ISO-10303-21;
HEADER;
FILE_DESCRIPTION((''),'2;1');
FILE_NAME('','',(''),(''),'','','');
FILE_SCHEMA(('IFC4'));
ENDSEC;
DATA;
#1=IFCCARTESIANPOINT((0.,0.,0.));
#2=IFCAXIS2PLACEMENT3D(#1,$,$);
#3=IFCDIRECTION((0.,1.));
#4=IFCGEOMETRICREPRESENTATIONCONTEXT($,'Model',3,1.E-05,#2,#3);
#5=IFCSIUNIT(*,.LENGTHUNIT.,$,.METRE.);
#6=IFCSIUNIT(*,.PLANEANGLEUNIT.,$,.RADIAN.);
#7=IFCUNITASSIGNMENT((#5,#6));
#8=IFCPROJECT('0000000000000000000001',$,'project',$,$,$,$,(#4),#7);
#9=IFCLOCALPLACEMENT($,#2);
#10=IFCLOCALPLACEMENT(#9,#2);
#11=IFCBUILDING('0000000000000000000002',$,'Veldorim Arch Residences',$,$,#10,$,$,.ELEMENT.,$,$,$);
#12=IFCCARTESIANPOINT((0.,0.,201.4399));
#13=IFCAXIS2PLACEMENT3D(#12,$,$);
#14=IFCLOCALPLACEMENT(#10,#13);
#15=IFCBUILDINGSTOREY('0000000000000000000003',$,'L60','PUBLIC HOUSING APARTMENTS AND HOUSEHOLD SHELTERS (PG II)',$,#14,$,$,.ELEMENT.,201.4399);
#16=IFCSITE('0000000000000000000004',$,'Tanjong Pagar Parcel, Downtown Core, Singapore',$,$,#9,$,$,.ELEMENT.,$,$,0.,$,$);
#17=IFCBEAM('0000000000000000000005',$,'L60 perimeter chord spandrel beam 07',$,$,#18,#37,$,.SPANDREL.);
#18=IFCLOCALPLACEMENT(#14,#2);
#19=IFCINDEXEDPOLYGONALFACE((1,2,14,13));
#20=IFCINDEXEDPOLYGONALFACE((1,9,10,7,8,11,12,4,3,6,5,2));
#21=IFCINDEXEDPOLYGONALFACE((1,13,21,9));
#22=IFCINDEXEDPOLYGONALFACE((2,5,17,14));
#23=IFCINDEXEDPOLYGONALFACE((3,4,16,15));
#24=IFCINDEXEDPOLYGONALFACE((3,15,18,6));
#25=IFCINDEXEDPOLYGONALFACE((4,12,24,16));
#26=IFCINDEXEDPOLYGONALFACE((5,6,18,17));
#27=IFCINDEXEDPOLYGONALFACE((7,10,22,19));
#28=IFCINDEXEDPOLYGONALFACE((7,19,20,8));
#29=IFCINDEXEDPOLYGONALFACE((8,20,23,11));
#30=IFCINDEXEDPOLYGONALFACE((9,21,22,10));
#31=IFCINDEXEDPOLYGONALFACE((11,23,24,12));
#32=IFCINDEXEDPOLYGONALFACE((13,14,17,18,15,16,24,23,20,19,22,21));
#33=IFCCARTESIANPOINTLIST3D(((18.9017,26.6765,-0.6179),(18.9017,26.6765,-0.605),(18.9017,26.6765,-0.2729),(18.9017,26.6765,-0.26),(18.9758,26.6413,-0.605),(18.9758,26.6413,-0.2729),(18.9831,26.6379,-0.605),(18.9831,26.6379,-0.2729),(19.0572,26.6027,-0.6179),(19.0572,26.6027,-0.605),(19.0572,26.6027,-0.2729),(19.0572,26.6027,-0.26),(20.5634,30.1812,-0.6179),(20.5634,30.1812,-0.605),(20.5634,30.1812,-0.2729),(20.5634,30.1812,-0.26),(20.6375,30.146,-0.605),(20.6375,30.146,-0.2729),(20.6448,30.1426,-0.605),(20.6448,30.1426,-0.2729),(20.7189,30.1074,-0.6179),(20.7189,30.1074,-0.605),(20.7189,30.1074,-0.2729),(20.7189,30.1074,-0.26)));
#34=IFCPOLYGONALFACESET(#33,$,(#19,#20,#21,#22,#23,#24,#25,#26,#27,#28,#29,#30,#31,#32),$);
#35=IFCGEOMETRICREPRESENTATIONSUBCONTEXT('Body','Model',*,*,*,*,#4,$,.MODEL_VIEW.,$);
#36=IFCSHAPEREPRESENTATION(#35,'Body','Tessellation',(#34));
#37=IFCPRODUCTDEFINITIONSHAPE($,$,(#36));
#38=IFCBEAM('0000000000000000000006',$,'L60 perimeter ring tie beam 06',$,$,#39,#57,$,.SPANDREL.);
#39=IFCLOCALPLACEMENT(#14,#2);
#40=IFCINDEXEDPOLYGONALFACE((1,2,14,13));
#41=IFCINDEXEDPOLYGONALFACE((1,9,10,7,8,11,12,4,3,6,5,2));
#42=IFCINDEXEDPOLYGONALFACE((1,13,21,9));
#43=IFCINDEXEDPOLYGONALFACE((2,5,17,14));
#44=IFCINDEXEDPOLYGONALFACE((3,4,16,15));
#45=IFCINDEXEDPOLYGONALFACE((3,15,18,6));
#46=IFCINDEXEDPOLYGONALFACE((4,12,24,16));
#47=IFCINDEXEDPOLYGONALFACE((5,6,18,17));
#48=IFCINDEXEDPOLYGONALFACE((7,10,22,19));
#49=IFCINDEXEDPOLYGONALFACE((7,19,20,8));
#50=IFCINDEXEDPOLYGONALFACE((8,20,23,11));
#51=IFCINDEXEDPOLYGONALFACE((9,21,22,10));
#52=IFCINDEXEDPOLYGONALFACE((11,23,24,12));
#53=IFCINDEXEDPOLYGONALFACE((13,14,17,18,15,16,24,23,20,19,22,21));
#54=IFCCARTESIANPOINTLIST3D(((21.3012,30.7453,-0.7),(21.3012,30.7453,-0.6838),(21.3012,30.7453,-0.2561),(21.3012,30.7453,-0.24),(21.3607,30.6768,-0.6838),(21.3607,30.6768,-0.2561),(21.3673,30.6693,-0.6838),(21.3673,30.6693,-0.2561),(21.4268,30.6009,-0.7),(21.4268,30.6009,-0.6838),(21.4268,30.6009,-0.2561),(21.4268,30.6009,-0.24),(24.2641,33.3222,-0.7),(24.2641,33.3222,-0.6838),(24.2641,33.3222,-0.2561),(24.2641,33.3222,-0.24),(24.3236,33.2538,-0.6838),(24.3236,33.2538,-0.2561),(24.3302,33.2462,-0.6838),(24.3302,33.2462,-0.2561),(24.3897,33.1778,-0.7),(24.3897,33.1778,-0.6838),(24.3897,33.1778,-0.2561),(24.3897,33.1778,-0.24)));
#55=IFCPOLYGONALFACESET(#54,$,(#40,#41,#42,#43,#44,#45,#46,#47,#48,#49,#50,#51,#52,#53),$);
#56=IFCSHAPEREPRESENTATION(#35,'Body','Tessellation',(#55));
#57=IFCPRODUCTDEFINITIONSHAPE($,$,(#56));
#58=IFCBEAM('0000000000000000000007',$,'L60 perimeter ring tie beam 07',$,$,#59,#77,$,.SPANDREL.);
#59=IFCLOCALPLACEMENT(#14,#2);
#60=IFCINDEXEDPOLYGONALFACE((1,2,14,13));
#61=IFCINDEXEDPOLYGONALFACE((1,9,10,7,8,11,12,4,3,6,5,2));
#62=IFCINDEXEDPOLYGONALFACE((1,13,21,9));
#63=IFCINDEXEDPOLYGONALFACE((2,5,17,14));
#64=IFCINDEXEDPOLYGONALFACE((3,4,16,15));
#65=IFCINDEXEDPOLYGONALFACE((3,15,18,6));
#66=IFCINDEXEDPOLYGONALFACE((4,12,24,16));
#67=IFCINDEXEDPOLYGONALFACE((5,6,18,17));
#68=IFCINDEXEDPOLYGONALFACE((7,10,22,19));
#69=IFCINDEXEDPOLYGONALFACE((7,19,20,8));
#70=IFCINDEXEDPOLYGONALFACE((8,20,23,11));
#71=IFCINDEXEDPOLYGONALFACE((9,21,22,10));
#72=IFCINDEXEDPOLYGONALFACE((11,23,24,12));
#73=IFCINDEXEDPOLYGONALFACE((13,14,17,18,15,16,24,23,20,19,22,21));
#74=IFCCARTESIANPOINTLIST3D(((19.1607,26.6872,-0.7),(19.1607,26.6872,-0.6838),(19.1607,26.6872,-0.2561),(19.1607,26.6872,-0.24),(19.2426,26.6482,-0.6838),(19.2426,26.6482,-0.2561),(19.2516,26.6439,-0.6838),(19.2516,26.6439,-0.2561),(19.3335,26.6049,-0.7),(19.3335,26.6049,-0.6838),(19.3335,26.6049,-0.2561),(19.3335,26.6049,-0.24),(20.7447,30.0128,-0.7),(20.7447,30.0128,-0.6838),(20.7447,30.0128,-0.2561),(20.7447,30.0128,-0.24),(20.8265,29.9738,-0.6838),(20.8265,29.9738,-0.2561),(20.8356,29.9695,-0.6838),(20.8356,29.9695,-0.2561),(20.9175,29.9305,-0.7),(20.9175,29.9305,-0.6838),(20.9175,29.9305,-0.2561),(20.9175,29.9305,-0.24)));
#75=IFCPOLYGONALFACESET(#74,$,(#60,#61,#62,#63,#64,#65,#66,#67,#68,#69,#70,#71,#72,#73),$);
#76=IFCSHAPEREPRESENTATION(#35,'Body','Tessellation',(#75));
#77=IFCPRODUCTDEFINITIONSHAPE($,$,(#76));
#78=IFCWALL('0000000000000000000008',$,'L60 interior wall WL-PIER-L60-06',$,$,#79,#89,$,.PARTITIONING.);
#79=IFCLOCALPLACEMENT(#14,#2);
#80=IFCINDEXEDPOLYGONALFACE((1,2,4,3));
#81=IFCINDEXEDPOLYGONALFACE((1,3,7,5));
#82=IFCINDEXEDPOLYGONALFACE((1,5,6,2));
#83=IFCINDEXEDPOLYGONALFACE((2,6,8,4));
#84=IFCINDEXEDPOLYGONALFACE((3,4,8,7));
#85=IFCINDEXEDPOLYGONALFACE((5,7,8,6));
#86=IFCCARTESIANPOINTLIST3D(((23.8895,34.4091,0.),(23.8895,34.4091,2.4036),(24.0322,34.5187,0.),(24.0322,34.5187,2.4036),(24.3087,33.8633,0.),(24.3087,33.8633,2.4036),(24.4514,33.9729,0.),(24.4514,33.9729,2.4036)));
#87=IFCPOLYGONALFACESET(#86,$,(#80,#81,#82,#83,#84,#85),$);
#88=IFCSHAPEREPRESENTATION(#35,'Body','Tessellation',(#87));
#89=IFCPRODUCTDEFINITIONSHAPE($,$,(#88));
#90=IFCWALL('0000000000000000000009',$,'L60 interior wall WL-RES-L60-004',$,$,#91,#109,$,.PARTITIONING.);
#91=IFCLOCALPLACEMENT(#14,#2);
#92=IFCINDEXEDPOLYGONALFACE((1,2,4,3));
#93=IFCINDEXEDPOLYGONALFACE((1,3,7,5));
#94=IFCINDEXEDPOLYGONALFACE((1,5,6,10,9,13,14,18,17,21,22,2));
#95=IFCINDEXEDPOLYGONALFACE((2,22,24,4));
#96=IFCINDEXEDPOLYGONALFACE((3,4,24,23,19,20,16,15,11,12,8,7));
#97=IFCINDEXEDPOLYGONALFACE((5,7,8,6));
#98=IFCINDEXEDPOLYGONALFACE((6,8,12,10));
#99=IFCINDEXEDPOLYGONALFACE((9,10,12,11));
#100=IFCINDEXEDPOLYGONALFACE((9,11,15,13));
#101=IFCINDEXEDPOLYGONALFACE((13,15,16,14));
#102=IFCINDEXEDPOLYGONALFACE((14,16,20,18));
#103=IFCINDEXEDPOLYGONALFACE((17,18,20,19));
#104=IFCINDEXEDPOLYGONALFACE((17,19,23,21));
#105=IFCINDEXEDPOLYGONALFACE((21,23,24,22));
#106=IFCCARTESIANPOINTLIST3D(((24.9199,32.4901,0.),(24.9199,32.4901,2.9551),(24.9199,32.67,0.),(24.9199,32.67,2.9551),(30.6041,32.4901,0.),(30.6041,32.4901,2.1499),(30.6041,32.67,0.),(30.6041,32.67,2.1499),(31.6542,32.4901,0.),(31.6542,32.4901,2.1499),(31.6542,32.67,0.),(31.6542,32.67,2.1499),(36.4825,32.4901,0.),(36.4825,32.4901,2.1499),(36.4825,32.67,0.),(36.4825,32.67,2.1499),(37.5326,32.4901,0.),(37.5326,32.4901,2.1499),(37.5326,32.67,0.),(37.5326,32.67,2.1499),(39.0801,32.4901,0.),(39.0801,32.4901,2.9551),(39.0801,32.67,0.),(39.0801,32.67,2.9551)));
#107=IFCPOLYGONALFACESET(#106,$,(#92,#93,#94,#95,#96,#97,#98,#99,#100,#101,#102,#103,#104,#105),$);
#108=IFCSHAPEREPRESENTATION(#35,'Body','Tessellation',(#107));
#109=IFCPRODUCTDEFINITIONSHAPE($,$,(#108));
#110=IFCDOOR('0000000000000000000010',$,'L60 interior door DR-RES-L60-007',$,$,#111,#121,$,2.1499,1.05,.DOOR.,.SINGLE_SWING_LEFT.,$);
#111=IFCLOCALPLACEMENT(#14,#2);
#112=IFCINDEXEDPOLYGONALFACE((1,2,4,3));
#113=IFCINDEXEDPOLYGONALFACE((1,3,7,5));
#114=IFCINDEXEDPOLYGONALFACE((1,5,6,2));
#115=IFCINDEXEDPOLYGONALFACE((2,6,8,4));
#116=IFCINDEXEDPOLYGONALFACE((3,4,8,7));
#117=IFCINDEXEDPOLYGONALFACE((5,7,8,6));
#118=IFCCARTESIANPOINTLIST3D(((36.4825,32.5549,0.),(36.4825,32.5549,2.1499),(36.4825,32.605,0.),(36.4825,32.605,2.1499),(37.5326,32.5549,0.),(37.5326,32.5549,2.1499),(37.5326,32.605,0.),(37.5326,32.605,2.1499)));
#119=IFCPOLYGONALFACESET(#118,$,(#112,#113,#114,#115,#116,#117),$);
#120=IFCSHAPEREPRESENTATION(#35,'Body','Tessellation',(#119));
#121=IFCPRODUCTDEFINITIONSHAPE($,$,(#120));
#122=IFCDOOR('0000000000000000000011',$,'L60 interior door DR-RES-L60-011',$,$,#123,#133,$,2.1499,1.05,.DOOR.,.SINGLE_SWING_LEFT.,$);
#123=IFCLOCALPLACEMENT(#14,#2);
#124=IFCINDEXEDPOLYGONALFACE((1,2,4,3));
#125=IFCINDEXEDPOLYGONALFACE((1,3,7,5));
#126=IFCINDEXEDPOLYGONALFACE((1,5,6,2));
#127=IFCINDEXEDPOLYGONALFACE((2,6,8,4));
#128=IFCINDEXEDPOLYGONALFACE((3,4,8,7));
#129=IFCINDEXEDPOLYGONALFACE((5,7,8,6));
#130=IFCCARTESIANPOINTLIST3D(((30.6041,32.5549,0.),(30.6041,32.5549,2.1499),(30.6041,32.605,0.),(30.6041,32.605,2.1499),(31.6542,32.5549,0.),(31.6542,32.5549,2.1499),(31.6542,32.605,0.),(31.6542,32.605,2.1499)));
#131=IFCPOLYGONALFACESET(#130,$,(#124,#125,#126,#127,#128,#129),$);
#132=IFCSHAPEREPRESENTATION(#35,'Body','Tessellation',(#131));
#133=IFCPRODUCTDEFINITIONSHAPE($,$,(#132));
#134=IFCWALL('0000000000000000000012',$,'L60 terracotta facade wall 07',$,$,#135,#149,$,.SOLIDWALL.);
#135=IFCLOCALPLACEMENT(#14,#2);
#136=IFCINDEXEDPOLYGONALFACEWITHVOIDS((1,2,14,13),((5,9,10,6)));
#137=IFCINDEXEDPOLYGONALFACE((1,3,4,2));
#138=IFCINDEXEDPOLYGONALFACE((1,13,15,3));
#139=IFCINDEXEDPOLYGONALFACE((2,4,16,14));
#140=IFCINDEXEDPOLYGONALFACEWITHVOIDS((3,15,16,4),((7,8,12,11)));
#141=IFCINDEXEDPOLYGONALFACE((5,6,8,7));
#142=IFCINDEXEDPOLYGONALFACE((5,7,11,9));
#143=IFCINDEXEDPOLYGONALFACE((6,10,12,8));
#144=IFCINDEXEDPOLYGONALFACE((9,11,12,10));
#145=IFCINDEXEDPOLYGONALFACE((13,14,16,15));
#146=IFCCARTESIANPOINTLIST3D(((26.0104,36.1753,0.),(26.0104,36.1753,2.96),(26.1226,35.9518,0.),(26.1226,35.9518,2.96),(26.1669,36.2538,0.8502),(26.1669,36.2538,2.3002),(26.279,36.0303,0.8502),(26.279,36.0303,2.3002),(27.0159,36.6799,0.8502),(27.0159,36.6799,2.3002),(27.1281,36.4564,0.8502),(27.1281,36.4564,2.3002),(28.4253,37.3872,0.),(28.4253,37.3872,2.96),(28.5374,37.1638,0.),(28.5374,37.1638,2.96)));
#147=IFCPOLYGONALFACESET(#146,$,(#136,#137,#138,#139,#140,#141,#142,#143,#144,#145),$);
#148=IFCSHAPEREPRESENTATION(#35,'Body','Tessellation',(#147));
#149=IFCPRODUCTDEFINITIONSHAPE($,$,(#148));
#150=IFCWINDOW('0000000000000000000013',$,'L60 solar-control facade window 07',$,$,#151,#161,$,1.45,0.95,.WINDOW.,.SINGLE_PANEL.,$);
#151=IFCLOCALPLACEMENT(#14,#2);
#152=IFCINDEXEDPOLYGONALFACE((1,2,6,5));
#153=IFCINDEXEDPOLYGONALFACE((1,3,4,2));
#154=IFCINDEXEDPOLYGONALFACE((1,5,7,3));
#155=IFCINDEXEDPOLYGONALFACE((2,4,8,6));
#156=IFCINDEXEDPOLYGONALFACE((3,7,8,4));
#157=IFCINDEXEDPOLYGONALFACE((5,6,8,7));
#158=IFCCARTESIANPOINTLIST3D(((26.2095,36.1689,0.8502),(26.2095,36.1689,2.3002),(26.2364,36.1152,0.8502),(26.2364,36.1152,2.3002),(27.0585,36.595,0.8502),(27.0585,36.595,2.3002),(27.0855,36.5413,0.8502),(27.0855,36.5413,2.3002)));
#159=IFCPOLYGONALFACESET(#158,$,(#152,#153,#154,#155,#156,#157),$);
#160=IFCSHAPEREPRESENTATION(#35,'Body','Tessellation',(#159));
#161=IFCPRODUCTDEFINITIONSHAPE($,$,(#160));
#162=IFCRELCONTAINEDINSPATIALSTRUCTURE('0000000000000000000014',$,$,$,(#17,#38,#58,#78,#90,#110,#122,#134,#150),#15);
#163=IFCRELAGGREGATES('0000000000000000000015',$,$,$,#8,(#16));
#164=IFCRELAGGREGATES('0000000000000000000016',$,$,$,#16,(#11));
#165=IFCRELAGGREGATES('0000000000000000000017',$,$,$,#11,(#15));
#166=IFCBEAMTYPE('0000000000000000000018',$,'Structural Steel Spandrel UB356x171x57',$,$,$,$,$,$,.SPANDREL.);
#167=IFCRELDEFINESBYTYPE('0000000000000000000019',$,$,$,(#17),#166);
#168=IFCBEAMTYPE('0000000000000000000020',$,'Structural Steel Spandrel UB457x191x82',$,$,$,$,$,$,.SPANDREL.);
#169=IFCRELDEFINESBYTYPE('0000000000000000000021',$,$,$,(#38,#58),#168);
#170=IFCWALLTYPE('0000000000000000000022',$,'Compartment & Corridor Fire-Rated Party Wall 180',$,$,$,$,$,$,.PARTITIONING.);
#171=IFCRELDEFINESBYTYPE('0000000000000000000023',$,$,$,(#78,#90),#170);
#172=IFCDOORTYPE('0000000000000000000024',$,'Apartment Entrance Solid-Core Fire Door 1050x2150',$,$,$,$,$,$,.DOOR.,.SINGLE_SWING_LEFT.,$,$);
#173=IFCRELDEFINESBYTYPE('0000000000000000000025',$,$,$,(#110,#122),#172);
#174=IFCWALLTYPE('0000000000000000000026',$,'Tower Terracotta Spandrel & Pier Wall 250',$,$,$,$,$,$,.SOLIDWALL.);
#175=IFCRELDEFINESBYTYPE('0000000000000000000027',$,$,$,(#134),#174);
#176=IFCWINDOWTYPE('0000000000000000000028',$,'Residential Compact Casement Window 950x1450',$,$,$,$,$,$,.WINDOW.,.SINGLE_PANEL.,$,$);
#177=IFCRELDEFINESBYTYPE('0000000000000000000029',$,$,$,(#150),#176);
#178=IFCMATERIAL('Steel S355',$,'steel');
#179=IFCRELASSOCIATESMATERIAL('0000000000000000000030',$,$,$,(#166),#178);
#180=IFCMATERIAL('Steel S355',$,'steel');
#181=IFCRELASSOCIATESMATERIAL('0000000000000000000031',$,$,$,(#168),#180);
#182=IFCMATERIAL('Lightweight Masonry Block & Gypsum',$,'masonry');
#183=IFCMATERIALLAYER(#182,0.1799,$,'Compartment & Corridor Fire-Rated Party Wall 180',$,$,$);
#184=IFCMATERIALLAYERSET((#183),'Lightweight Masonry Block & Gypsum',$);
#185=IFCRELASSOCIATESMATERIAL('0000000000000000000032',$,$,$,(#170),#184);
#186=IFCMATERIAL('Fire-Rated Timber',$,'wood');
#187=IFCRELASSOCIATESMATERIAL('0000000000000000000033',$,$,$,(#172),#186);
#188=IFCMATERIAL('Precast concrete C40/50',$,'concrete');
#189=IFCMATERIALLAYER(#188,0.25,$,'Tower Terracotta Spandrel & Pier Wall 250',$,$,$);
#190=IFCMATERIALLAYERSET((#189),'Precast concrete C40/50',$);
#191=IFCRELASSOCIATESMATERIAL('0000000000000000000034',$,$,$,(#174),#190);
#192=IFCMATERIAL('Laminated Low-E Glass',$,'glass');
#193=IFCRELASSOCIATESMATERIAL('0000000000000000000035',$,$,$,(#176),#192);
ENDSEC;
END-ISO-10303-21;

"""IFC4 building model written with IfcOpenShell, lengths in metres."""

from ifc_helpers import new_model, si_unit, direction, frame, frame_2d, origin, origin_2d, place, context, subcontext, project, spatial, rectangle, i_section, extrude, material, layer, layer_set, material_profile, profile_set, type_object, element, fill, save


model = new_model("IFC4")

# Units and contexts
model_context = context("Model", 3, precision=1e-05, world=origin(), true_north=direction((0.0, 1.0)))
body_context = subcontext(model_context, "Body", "Model", "MODEL_VIEW")
ifc_project = project(units=[si_unit("LENGTHUNIT", "METRE"), si_unit("PLANEANGLEUNIT", "RADIAN")], contexts=[model_context])

# Site, building, storey
site_placement = place(None, origin())
site = spatial("IfcSite", under=ifc_project, at=site_placement, Name="Tanjong Pagar Parcel, Downtown Core, Singapore", CompositionType="ELEMENT", RefElevation=0.0)
building_placement = place(site_placement, origin())
building = spatial("IfcBuilding", under=site, at=building_placement, Name="Veldorim Arch Residences", CompositionType="ELEMENT")
storey_placement = place(building_placement, frame((0.0, 0.0, 201.4399)))
storey = spatial("IfcBuildingStorey", under=building, at=storey_placement, Name="L60", Description="PUBLIC HOUSING APARTMENTS AND HOUSEHOLD SHELTERS (PG II)", CompositionType="ELEMENT", Elevation=201.4399)

# Beams
ifc_material_1 = material(Name="Steel S355", Category="steel")
ifc_material_profile_1 = material_profile(ifc_material_1, i_section(OverallWidth=0.1721, OverallDepth=0.3579, WebThickness=0.0081, FlangeThickness=0.0129, at=origin_2d()), Name="UB356x171x57")
ifc_profile_set_1 = profile_set([ifc_material_profile_1], Name="Steel S355")
beam_type_1 = type_object("IfcBeamType", Name="Structural Steel Spandrel UB356x171x57", PredefinedType="SPANDREL", material=ifc_profile_set_1)
beam_1_placement = place(storey_placement, frame((20.6411, 30.1443, -0.439), z_axis=(-0.428408, -0.903585, 0.0), x_axis=(0.903585, -0.428408, 0.0)))
element("IfcBeam", 1, at=beam_1_placement, inside=storey, type_object=beam_type_1, Name="L60 perimeter chord spandrel beam 07", PredefinedType="SPANDREL", context=body_context, shape_type="SweptSolid", body=[
    extrude(i_section(OverallWidth=0.1721, OverallDepth=0.3579, WebThickness=0.0081, FlangeThickness=0.0129, at=origin_2d()), origin(), (0.0, 0.0, 1.0), 3.8787),
])
ifc_material_2 = material(Name="Steel S355", Category="steel")
ifc_material_profile_2 = material_profile(ifc_material_2, i_section(OverallWidth=0.1914, OverallDepth=0.46, WebThickness=0.01, FlangeThickness=0.0161, at=origin_2d()), Name="UB457x191x82")
ifc_profile_set_2 = profile_set([ifc_material_profile_2], Name="Steel S355")
beam_type_2 = type_object("IfcBeamType", Name="Structural Steel Spandrel UB457x191x82", PredefinedType="SPANDREL", material=ifc_profile_set_2)
beam_2_placement = place(storey_placement, frame((24.3269, 33.25, -0.47), z_axis=(-0.754545, -0.656248, 0.0), x_axis=(0.656248, -0.754545, 0.0)))
element("IfcBeam", 2, at=beam_2_placement, inside=storey, type_object=beam_type_2, Name="L60 perimeter ring tie beam 06", PredefinedType="SPANDREL", context=body_context, shape_type="SweptSolid", body=[
    extrude(i_section(OverallWidth=0.1914, OverallDepth=0.46, WebThickness=0.01, FlangeThickness=0.0161, at=origin_2d()), origin(), (0.0, 0.0, 1.0), 3.9268),
])
beam_3_placement = place(storey_placement, frame((20.8311, 29.9717, -0.47), z_axis=(-0.430006, -0.902826, 0.0), x_axis=(0.902826, -0.430006, 0.0)))
element("IfcBeam", 3, at=beam_3_placement, inside=storey, type_object=beam_type_2, Name="L60 perimeter ring tie beam 07", PredefinedType="SPANDREL", context=body_context, shape_type="SweptSolid", body=[
    extrude(i_section(OverallWidth=0.1914, OverallDepth=0.46, WebThickness=0.01, FlangeThickness=0.0161, at=origin_2d()), origin(), (0.0, 0.0, 1.0), 3.6836),
])

# Wall
ifc_material_3 = material(Name="Lightweight Masonry Block & Gypsum", Category="masonry")
ifc_layer_1 = layer(ifc_material_3, 0.1799, Name="Compartment & Corridor Fire-Rated Party Wall 180")
ifc_layer_set_1 = layer_set([ifc_layer_1], Name="Lightweight Masonry Block & Gypsum")
wall_type_1 = type_object("IfcWallType", Name="Compartment & Corridor Fire-Rated Party Wall 180", PredefinedType="PARTITIONING", material=ifc_layer_set_1)
wall_1_placement = place(storey_placement, frame((24.3801, 33.918, 0.0), z_axis=(0.0, 0.0, 1.0), x_axis=(-0.609042, 0.793138, 0.0)))
element("IfcWall", 4, at=wall_1_placement, inside=storey, type_object=wall_type_1, Name="L60 interior wall WL-PIER-L60-06", PredefinedType="PARTITIONING", context=body_context, shape_type="SweptSolid", body=[
    extrude(rectangle(XDim=0.6882, YDim=0.1799, at=frame_2d((0.3442, 0.0))), origin(), (0.0, 0.0, 1.0), 2.4036),
])

# Wall, openings, doors
wall_2_placement = place(storey_placement, frame((24.9199, 32.5801, 0.0), z_axis=(0.0, 0.0, 1.0), x_axis=(1.0, 0.0, 0.0)))
wall_2 = element("IfcWall", 5, at=wall_2_placement, inside=storey, type_object=wall_type_1, Name="L60 interior wall WL-RES-L60-004", PredefinedType="PARTITIONING", context=body_context, shape_type="SweptSolid", body=[
    extrude(rectangle(XDim=14.1602, YDim=0.1799, at=frame_2d((7.0801, 0.0))), origin(), (0.0, 0.0, 1.0), 2.9551),
])
opening_1_placement = place(wall_2_placement, frame((11.5627, 0.0, 0.0)))
opening_1 = element("IfcOpeningElement", 6, at=opening_1_placement, cuts=wall_2, PredefinedType="OPENING", context=body_context, shape_type="SweptSolid", body=[
    extrude(rectangle(XDim=1.05, YDim=2.1499, at=frame_2d((0.5249, 1.075))), frame((0.0, 0.0999, 0.0), z_axis=(0.0, -1.0, 0.0), x_axis=(1.0, 0.0, 0.0)), (0.0, 0.0, 1.0), 0.2),
])
opening_2_placement = place(wall_2_placement, frame((5.6843, 0.0, 0.0)))
opening_2 = element("IfcOpeningElement", 7, at=opening_2_placement, cuts=wall_2, PredefinedType="OPENING", context=body_context, shape_type="SweptSolid", body=[
    extrude(rectangle(XDim=1.05, YDim=2.1499, at=frame_2d((0.5249, 1.075))), frame((0.0, 0.0999, 0.0), z_axis=(0.0, -1.0, 0.0), x_axis=(1.0, 0.0, 0.0)), (0.0, 0.0, 1.0), 0.2),
])
ifc_material_4 = material(Name="Fire-Rated Timber", Category="wood")
door_type_1 = type_object("IfcDoorType", Name="Apartment Entrance Solid-Core Fire Door 1050x2150", OperationType="SINGLE_SWING_LEFT", PredefinedType="DOOR", material=ifc_material_4)
door_1_placement = place(opening_1_placement, origin())
door_1 = element("IfcDoor", 8, at=door_1_placement, inside=storey, type_object=door_type_1, Name="L60 interior door DR-RES-L60-007", OperationType="SINGLE_SWING_LEFT", OverallHeight=2.1499, OverallWidth=1.05, PredefinedType="DOOR", context=body_context, shape_type="SweptSolid", body=[
    extrude(rectangle(XDim=1.05, YDim=2.1499, at=frame_2d((0.5249, 1.075))), frame((0.0, 0.0249, 0.0), z_axis=(0.0, -1.0, 0.0), x_axis=(1.0, 0.0, 0.0)), (0.0, 0.0, 1.0), 0.05),
])
fill(opening_1, door_1)
door_2_placement = place(opening_2_placement, origin())
door_2 = element("IfcDoor", 9, at=door_2_placement, inside=storey, type_object=door_type_1, Name="L60 interior door DR-RES-L60-011", OperationType="SINGLE_SWING_LEFT", OverallHeight=2.1499, OverallWidth=1.05, PredefinedType="DOOR", context=body_context, shape_type="SweptSolid", body=[
    extrude(rectangle(XDim=1.05, YDim=2.1499, at=frame_2d((0.5249, 1.075))), frame((0.0, 0.0249, 0.0), z_axis=(0.0, -1.0, 0.0), x_axis=(1.0, 0.0, 0.0)), (0.0, 0.0, 1.0), 0.05),
])
fill(opening_2, door_2)

# Wall, opening, window
ifc_material_5 = material(Name="Precast concrete C40/50", Category="concrete")
ifc_layer_2 = layer(ifc_material_5, 0.25, Name="Tower Terracotta Spandrel & Pier Wall 250")
ifc_layer_set_2 = layer_set([ifc_layer_2], Name="Precast concrete C40/50")
wall_type_2 = type_object("IfcWallType", Name="Tower Terracotta Spandrel & Pier Wall 250", PredefinedType="SOLIDWALL", material=ifc_layer_set_2)
wall_3_placement = place(storey_placement, frame((26.0664, 36.0635, 0.0), z_axis=(0.0, 0.0, 1.0), x_axis=(0.893758, 0.44855, 0.0)))
wall_3 = element("IfcWall", 10, at=wall_3_placement, inside=storey, type_object=wall_type_2, Name="L60 terracotta facade wall 07", PredefinedType="SOLIDWALL", context=body_context, shape_type="SweptSolid", body=[
    extrude(rectangle(XDim=2.7019, YDim=0.25, at=frame_2d((1.3511, 0.0))), origin(), (0.0, 0.0, 1.0), 2.96),
])
opening_3_placement = place(wall_3_placement, frame((0.175, 0.0, 0.8501)))
opening_3 = element("IfcOpeningElement", 11, at=opening_3_placement, cuts=wall_3, PredefinedType="OPENING", context=body_context, shape_type="SweptSolid", body=[
    extrude(rectangle(XDim=0.95, YDim=1.45, at=frame_2d((0.4751, 0.7251))), frame((0.0, 0.135, 0.0), z_axis=(0.0, -1.0, 0.0), x_axis=(1.0, 0.0, 0.0)), (0.0, 0.0, 1.0), 0.27),
])
ifc_material_6 = material(Name="Laminated Low-E Glass", Category="glass")
window_type_1 = type_object("IfcWindowType", Name="Residential Compact Casement Window 950x1450", PartitioningType="SINGLE_PANEL", PredefinedType="WINDOW", material=ifc_material_6)
window_1_placement = place(opening_3_placement, origin())
window_1 = element("IfcWindow", 12, at=window_1_placement, inside=storey, type_object=window_type_1, Name="L60 solar-control facade window 07", OverallHeight=1.45, OverallWidth=0.95, PartitioningType="SINGLE_PANEL", PredefinedType="WINDOW", context=body_context, shape_type="SweptSolid", body=[
    extrude(rectangle(XDim=0.95, YDim=1.45, at=frame_2d((0.4751, 0.7251))), frame((0.0, 0.03, 0.0), z_axis=(0.0, -1.0, 0.0), x_axis=(1.0, 0.0, 0.0)), (0.0, 0.0, 1.0), 0.0601),
])
fill(opening_3, window_1)

save(model, "model.ifc")
